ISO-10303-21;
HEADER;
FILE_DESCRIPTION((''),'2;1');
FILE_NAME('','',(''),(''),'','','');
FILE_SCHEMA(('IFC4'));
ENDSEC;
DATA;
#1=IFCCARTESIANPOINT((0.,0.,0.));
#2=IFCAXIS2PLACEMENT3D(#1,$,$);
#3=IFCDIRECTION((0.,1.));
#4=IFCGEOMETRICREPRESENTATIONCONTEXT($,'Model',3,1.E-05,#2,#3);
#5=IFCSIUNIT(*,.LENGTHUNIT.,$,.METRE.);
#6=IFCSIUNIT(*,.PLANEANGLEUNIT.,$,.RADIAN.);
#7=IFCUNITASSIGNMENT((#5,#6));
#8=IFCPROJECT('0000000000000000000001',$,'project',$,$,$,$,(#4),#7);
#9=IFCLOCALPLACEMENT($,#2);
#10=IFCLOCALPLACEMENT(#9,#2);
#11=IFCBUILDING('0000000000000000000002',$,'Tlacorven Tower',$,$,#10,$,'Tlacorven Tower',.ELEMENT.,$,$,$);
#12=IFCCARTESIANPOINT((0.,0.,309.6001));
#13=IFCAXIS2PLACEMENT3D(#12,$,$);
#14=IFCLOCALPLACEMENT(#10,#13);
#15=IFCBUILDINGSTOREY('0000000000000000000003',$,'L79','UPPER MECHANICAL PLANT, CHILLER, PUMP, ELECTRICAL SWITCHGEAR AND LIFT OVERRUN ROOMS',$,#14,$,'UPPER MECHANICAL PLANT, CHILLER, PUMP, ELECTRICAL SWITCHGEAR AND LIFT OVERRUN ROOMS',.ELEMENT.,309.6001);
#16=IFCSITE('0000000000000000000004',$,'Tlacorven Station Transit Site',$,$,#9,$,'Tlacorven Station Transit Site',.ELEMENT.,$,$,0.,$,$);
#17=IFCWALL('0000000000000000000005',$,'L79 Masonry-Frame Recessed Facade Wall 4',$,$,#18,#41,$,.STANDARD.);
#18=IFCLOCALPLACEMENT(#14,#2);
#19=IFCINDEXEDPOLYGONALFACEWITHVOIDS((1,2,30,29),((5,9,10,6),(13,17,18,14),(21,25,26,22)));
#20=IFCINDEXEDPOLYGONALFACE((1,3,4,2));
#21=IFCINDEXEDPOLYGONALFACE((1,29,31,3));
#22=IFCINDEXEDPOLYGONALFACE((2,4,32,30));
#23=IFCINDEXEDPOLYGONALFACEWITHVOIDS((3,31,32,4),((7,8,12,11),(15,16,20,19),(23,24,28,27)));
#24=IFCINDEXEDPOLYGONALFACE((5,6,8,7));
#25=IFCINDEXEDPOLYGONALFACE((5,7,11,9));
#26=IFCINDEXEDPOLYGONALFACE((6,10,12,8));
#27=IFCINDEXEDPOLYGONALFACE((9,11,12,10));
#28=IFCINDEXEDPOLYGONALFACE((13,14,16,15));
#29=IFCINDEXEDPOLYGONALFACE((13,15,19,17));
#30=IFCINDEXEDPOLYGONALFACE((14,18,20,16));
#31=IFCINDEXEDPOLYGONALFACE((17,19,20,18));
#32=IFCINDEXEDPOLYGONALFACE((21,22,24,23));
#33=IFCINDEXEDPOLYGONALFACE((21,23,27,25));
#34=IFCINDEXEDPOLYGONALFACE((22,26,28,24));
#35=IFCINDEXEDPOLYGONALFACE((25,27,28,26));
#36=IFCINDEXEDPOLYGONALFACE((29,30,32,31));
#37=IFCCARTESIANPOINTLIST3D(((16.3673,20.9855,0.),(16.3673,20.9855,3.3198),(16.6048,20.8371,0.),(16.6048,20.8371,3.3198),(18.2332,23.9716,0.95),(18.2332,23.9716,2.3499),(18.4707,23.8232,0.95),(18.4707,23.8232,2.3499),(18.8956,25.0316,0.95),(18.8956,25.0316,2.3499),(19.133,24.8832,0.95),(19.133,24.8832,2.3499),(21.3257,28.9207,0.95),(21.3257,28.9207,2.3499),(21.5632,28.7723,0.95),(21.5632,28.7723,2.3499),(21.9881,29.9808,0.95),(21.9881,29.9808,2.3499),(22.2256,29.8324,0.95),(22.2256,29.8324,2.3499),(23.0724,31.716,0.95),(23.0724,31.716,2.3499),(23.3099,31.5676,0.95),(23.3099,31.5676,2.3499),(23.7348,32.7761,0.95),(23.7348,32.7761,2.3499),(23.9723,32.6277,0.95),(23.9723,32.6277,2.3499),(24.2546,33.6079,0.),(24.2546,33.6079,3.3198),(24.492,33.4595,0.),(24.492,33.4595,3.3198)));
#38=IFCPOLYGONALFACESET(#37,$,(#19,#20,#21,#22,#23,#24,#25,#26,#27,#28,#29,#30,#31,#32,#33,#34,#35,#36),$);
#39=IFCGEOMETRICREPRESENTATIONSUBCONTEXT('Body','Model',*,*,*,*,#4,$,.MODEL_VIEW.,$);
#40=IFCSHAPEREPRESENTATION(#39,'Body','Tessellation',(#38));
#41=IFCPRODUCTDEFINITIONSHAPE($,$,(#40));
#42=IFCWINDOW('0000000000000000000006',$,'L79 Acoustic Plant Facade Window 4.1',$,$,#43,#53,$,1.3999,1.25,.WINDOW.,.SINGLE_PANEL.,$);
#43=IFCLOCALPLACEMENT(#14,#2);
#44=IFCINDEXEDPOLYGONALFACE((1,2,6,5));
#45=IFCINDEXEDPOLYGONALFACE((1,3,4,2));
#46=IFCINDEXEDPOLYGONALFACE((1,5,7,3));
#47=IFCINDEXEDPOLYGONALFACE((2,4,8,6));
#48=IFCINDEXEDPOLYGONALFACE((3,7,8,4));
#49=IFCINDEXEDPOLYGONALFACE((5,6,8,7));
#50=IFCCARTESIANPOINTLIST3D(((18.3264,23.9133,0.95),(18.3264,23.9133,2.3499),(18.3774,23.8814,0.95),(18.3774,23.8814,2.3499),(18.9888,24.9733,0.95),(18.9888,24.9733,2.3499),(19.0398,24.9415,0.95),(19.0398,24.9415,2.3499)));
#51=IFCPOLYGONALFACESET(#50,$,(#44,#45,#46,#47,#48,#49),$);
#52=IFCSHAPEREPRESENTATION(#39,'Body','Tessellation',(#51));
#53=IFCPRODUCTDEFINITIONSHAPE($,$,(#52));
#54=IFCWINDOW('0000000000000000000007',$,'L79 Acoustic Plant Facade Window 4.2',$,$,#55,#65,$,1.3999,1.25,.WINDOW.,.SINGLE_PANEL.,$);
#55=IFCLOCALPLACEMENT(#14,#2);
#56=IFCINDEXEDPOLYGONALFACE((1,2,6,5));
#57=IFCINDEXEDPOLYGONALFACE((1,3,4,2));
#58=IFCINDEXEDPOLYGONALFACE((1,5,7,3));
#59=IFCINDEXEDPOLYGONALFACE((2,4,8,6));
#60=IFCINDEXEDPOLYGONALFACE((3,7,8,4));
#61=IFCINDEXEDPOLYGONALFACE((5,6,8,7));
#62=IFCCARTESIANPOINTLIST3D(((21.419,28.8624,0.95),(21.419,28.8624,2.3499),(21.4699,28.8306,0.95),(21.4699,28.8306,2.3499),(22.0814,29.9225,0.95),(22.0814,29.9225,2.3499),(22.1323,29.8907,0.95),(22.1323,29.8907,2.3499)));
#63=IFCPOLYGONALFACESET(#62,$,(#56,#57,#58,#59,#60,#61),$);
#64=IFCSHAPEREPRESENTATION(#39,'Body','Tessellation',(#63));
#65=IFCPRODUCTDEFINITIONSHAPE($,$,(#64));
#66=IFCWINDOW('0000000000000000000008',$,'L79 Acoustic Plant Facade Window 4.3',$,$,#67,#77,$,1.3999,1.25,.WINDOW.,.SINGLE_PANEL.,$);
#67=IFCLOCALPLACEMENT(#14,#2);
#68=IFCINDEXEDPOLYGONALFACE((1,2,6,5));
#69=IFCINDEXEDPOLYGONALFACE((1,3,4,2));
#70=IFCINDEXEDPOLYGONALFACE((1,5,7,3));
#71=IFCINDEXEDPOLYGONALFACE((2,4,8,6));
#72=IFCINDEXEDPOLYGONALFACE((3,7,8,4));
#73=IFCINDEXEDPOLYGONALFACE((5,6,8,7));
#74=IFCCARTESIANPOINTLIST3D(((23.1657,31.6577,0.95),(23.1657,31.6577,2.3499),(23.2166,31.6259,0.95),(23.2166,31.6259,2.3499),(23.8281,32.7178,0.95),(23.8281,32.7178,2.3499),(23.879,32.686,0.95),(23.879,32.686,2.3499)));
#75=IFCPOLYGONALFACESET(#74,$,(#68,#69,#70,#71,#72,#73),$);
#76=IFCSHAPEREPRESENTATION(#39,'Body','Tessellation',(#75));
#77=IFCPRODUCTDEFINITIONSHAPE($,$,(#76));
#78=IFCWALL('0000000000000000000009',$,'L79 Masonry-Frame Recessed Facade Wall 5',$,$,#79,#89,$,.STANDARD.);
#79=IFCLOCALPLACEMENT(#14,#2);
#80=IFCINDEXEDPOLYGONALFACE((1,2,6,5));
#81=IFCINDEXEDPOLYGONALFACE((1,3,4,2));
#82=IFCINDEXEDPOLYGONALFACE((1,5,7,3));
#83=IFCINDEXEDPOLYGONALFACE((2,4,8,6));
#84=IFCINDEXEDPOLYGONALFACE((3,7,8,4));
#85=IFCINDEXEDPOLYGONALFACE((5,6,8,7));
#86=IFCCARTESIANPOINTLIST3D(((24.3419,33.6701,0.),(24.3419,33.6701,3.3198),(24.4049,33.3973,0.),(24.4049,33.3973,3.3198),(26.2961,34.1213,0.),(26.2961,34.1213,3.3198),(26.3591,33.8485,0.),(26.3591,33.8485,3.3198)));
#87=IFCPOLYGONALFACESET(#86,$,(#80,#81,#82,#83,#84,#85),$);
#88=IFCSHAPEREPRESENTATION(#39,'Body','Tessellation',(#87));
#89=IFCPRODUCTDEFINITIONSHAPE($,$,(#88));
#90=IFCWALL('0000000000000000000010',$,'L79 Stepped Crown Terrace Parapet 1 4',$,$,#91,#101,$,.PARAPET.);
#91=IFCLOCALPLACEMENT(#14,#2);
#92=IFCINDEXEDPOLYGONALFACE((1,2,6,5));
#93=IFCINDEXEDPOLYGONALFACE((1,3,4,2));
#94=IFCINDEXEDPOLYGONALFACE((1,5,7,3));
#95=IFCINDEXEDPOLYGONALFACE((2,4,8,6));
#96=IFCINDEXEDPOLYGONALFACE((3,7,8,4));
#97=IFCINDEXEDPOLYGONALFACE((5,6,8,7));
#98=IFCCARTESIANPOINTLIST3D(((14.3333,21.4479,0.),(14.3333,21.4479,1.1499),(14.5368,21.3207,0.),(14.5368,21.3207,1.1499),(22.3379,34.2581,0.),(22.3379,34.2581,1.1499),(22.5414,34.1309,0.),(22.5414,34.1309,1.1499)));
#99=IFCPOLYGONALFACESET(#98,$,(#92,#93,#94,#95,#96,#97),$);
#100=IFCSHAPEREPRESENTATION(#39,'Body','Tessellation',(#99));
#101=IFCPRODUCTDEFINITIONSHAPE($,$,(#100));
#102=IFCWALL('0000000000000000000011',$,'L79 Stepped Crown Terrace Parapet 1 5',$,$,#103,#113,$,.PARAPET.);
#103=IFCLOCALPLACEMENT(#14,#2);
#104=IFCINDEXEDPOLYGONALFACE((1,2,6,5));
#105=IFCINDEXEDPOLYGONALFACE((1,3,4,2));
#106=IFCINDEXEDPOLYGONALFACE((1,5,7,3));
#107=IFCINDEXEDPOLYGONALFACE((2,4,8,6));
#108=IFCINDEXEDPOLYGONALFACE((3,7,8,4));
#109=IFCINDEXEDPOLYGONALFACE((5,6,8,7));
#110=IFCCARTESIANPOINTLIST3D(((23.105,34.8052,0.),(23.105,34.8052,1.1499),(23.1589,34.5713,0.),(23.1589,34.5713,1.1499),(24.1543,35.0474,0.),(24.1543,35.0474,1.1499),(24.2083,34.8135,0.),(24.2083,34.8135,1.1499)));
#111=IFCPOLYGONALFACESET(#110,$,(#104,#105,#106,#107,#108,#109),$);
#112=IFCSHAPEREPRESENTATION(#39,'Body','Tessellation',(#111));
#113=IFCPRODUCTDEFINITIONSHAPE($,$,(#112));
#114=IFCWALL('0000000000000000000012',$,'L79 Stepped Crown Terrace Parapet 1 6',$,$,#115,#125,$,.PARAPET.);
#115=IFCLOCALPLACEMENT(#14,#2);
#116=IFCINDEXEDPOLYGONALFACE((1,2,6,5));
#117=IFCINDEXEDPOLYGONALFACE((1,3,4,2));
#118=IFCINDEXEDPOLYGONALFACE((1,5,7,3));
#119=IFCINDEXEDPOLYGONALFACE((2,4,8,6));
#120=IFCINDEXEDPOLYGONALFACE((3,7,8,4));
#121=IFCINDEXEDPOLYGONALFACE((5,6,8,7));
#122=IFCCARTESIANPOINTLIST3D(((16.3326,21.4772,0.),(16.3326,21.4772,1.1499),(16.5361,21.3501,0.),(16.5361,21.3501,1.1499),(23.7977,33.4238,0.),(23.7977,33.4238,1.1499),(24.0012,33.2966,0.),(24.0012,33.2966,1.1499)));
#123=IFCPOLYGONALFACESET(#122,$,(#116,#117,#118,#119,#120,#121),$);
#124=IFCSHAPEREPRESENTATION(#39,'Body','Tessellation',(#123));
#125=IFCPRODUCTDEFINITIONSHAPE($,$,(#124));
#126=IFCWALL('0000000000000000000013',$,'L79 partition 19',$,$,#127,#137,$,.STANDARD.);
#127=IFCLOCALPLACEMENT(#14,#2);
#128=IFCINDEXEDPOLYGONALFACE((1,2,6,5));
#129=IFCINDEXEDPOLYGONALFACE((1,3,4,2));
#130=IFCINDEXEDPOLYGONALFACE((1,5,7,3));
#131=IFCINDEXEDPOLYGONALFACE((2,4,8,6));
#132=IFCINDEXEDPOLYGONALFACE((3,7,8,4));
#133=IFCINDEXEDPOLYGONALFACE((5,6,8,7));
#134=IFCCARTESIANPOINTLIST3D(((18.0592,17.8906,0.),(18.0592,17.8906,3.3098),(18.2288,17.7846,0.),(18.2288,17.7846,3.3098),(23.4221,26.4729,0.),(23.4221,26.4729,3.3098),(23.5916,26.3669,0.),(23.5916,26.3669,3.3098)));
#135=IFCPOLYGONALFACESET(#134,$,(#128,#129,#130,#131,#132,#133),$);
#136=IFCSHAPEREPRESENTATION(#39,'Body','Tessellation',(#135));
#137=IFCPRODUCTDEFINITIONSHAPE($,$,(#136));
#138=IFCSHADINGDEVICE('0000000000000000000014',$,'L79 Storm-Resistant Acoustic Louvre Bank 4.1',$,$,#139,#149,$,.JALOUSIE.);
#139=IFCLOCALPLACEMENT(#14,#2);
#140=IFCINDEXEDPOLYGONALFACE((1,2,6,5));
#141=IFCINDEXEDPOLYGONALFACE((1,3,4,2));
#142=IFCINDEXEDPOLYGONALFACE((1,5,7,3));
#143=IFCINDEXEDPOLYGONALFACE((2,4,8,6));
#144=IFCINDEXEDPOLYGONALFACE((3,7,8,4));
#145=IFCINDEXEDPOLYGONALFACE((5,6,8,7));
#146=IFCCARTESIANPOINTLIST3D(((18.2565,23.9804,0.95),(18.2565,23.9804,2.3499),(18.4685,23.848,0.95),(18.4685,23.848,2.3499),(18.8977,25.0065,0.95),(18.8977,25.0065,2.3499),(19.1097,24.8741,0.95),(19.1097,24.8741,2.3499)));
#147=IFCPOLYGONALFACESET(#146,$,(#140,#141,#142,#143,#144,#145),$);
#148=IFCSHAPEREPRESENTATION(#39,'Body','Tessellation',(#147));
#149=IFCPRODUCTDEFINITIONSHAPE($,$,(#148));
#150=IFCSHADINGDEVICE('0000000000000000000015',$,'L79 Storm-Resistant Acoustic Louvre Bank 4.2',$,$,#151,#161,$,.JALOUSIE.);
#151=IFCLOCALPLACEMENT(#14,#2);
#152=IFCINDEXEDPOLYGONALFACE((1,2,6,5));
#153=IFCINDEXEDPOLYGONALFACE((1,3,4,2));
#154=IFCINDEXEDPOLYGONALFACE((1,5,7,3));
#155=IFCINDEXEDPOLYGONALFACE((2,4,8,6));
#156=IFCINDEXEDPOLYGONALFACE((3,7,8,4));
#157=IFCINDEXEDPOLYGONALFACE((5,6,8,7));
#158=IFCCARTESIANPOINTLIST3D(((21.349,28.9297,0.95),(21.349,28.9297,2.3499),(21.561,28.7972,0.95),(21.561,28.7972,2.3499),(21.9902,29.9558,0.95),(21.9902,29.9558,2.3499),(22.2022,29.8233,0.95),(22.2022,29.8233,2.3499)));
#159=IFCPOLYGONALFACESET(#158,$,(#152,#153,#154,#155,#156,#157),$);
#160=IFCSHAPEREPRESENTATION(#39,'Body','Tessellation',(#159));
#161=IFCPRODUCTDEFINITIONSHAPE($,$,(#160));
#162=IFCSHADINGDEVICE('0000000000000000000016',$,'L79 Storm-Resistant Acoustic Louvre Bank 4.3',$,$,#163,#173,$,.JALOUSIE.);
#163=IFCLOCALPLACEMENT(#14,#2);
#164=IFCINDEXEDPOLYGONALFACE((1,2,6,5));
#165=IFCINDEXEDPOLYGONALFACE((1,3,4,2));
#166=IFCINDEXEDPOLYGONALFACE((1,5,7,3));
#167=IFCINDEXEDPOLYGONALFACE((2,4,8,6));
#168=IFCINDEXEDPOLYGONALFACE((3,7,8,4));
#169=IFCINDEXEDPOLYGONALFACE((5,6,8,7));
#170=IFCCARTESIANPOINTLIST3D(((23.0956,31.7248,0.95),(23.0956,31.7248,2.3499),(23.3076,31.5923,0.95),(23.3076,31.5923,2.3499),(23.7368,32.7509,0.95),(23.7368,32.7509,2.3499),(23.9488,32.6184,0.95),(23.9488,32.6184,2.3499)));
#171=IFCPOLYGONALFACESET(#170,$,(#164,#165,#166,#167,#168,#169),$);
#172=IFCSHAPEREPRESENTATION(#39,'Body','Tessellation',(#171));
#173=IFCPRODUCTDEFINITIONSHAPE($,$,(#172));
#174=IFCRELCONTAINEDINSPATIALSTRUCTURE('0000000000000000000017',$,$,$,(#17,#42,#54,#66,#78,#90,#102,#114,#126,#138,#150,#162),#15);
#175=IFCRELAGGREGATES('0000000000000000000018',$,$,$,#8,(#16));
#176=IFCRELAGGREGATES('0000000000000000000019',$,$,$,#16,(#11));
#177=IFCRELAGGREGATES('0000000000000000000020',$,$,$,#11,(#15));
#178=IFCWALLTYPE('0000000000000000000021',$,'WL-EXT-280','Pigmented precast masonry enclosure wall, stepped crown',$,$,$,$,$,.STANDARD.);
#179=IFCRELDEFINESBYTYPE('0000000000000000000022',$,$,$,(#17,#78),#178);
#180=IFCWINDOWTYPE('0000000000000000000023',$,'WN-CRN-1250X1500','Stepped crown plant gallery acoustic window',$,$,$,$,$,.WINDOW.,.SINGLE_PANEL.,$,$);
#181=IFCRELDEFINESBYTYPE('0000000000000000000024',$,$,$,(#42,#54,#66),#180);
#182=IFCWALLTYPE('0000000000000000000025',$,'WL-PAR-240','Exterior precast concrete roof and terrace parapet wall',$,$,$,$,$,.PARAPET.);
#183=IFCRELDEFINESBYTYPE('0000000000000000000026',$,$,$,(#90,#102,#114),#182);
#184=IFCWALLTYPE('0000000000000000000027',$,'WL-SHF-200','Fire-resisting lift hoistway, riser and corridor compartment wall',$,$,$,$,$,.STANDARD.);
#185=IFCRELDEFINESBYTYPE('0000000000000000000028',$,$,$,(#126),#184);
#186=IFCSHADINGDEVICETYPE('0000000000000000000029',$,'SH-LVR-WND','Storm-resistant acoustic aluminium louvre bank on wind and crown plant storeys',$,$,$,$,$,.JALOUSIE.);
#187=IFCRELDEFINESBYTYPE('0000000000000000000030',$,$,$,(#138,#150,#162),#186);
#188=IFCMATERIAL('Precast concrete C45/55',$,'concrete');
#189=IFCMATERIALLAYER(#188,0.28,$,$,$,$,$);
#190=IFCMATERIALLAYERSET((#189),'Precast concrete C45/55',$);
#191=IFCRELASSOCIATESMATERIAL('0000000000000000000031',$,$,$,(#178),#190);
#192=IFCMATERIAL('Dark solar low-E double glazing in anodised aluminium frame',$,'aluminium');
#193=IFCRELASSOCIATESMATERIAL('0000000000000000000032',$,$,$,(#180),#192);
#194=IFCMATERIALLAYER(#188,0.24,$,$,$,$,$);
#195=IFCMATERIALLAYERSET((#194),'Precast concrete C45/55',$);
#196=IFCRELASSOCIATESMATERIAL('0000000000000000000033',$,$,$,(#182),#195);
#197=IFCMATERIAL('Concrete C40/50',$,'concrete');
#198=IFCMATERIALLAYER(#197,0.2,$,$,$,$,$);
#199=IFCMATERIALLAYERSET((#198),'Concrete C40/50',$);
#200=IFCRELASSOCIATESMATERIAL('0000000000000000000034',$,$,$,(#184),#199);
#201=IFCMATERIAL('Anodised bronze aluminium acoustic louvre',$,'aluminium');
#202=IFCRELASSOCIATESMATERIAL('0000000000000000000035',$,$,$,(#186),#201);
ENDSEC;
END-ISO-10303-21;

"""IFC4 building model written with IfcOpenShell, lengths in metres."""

from ifc_helpers import new_model, si_unit, direction, frame, frame_2d, origin, origin_2d, place, context, subcontext, project, spatial, rectangle, extrude, source, transform, mapped, material, layer, layer_set, type_object, element, fill, save


model = new_model("IFC4")

# Units and contexts
model_context = context("Model", 3, precision=1e-05, world=origin(), true_north=direction((0.0, 1.0)))
body_context = subcontext(model_context, "Body", "Model", "MODEL_VIEW")
ifc_project = project(units=[si_unit("LENGTHUNIT", "METRE"), si_unit("PLANEANGLEUNIT", "RADIAN")], contexts=[model_context])

# Site, building, storey
site_placement = place(None, origin())
site = spatial("IfcSite", under=ifc_project, at=site_placement, Name="Tlacorven Station Transit Site", LongName="Tlacorven Station Transit Site", CompositionType="ELEMENT", RefElevation=0.0)
building_placement = place(site_placement, origin())
building = spatial("IfcBuilding", under=site, at=building_placement, Name="Tlacorven Tower", LongName="Tlacorven Tower", CompositionType="ELEMENT")
storey_placement = place(building_placement, frame((0.0, 0.0, 309.6001)))
storey = spatial("IfcBuildingStorey", under=building, at=storey_placement, Name="L79", Description="UPPER MECHANICAL PLANT, CHILLER, PUMP, ELECTRICAL SWITCHGEAR AND LIFT OVERRUN ROOMS", LongName="UPPER MECHANICAL PLANT, CHILLER, PUMP, ELECTRICAL SWITCHGEAR AND LIFT OVERRUN ROOMS", CompositionType="ELEMENT", Elevation=309.6001)

# Wall, openings, windows
ifc_material_1 = material(Name="Precast concrete C45/55", Category="concrete")
ifc_layer_1 = layer(ifc_material_1, 0.28)
ifc_layer_set_1 = layer_set([ifc_layer_1], Name="Precast concrete C45/55")
wall_type_1 = type_object("IfcWallType", Name="WL-EXT-280", Description="Pigmented precast masonry enclosure wall, stepped crown", PredefinedType="STANDARD", material=ifc_layer_set_1)
wall_1_placement = place(storey_placement, frame((16.4861, 20.9114, 0.0), z_axis=(0.0, 0.0, 1.0), x_axis=(0.529915, 0.848051, 0.0)))
wall_1 = element("IfcWall", 1, at=wall_1_placement, inside=storey, type_object=wall_type_1, Name="L79 Masonry-Frame Recessed Facade Wall 4", PredefinedType="STANDARD", context=body_context, shape_type="SweptSolid", body=[
    extrude(rectangle(XDim=14.884, YDim=0.28, at=frame_2d((7.4419, 0.0))), origin(), (0.0, 0.0, 1.0), 3.3198),
])
opening_1_placement = place(wall_1_placement, frame((3.521, 0.0, 0.95)))
opening_1 = element("IfcOpeningElement", 2, at=opening_1_placement, cuts=wall_1, PredefinedType="OPENING", context=body_context, shape_type="SweptSolid", body=[
    extrude(rectangle(XDim=1.25, YDim=1.3999, at=frame_2d((0.625, 0.7))), frame((0.0, 0.1499, 0.0), z_axis=(0.0, -1.0, 0.0), x_axis=(1.0, 0.0, 0.0)), (0.0, 0.0, 1.0), 0.3),
])
opening_2_placement = place(wall_1_placement, frame((9.3569, 0.0, 0.95)))
opening_2 = element("IfcOpeningElement", 3, at=opening_2_placement, cuts=wall_1, PredefinedType="OPENING", context=body_context, shape_type="SweptSolid", body=[
    extrude(rectangle(XDim=1.25, YDim=1.3999, at=frame_2d((0.625, 0.7))), frame((0.0, 0.1499, 0.0), z_axis=(0.0, -1.0, 0.0), x_axis=(1.0, 0.0, 0.0)), (0.0, 0.0, 1.0), 0.3),
])
opening_3_placement = place(wall_1_placement, frame((12.6531, 0.0, 0.95)))
opening_3 = element("IfcOpeningElement", 4, at=opening_3_placement, cuts=wall_1, PredefinedType="OPENING", context=body_context, shape_type="SweptSolid", body=[
    extrude(rectangle(XDim=1.25, YDim=1.3999, at=frame_2d((0.625, 0.7))), frame((0.0, 0.1499, 0.0), z_axis=(0.0, -1.0, 0.0), x_axis=(1.0, 0.0, 0.0)), (0.0, 0.0, 1.0), 0.3),
])
ifc_material_2 = material(Name="Dark solar low-E double glazing in anodised aluminium frame", Category="aluminium")
window_type = type_object("IfcWindowType", Name="WN-CRN-1250X1500", Description="Stepped crown plant gallery acoustic window", PartitioningType="SINGLE_PANEL", PredefinedType="WINDOW", material=ifc_material_2)
shared_shape_1 = source(origin(), body_context, "Body", "SweptSolid", [
    extrude(rectangle(XDim=1.25, YDim=1.3999, at=frame_2d((0.625, 0.7))), frame((0.0, 0.03, 0.0), z_axis=(0.0, -1.0, 0.0), x_axis=(1.0, 0.0, 0.0)), (0.0, 0.0, 1.0), 0.0601),
])
window_1_placement = place(opening_1_placement, origin())
window_1 = element("IfcWindow", 5, at=window_1_placement, inside=storey, type_object=window_type, Name="L79 Acoustic Plant Facade Window 4.1", OverallHeight=1.3999, OverallWidth=1.25, PartitioningType="SINGLE_PANEL", PredefinedType="WINDOW", context=body_context, shape_type="MappedRepresentation", body=[
    mapped(shared_shape_1, transform((0.0, 0.0, 0.0), scale=1.0)),
])
fill(opening_1, window_1)
window_2_placement = place(opening_2_placement, origin())
window_2 = element("IfcWindow", 6, at=window_2_placement, inside=storey, type_object=window_type, Name="L79 Acoustic Plant Facade Window 4.2", OverallHeight=1.3999, OverallWidth=1.25, PartitioningType="SINGLE_PANEL", PredefinedType="WINDOW", context=body_context, shape_type="MappedRepresentation", body=[
    mapped(shared_shape_1, transform((0.0, 0.0, 0.0), scale=1.0)),
])
fill(opening_2, window_2)
window_3_placement = place(opening_3_placement, origin())
window_3 = element("IfcWindow", 7, at=window_3_placement, inside=storey, type_object=window_type, Name="L79 Acoustic Plant Facade Window 4.3", OverallHeight=1.3999, OverallWidth=1.25, PartitioningType="SINGLE_PANEL", PredefinedType="WINDOW", context=body_context, shape_type="MappedRepresentation", body=[
    mapped(shared_shape_1, transform((0.0, 0.0, 0.0), scale=1.0)),
])
fill(opening_3, window_3)

# Walls
wall_2_placement = place(storey_placement, frame((24.3733, 33.5337, 0.0), z_axis=(0.0, 0.0, 1.0), x_axis=(0.974367, 0.224966, 0.0)))
element("IfcWall", 8, at=wall_2_placement, inside=storey, type_object=wall_type_1, Name="L79 Masonry-Frame Recessed Facade Wall 5", PredefinedType="STANDARD", context=body_context, shape_type="SweptSolid", body=[
    extrude(rectangle(XDim=2.0056, YDim=0.28, at=frame_2d((1.0029, 0.0))), origin(), (0.0, 0.0, 1.0), 3.3198),
])
ifc_layer_2 = layer(ifc_material_1, 0.24)
ifc_layer_set_2 = layer_set([ifc_layer_2], Name="Precast concrete C45/55")
wall_type_2 = type_object("IfcWallType", Name="WL-PAR-240", Description="Exterior precast concrete roof and terrace parapet wall", PredefinedType="PARAPET", material=ifc_layer_set_2)
wall_3_placement = place(storey_placement, frame((14.4351, 21.3843, 0.0), z_axis=(0.0, 0.0, 1.0), x_axis=(0.529913, 0.848052, 0.0)))
element("IfcWall", 9, at=wall_3_placement, inside=storey, type_object=wall_type_2, Name="L79 Stepped Crown Terrace Parapet 1 4", PredefinedType="PARAPET", context=body_context, shape_type="SweptSolid", body=[
    extrude(rectangle(XDim=15.1055, YDim=0.24, at=frame_2d((7.5527, 0.0))), origin(), (0.0, 0.0, 1.0), 1.1499),
])
wall_4_placement = place(storey_placement, frame((23.1318, 34.6882, 0.0), z_axis=(0.0, 0.0, 1.0), x_axis=(0.974384, 0.224893, 0.0)))
element("IfcWall", 10, at=wall_4_placement, inside=storey, type_object=wall_type_2, Name="L79 Stepped Crown Terrace Parapet 1 5", PredefinedType="PARAPET", context=body_context, shape_type="SweptSolid", body=[
    extrude(rectangle(XDim=1.0769, YDim=0.24, at=frame_2d((0.5386, 0.0))), origin(), (0.0, 0.0, 1.0), 1.1499),
])
wall_5_placement = place(storey_placement, frame((23.8994, 33.3601, 0.0), z_axis=(0.0, 0.0, 1.0), x_axis=(-0.529923, -0.848046, 0.0)))
element("IfcWall", 11, at=wall_5_placement, inside=storey, type_object=wall_type_2, Name="L79 Stepped Crown Terrace Parapet 1 6", PredefinedType="PARAPET", context=body_context, shape_type="SweptSolid", body=[
    extrude(rectangle(XDim=14.0872, YDim=0.24, at=frame_2d((7.0435, 0.0))), origin(), (0.0, 0.0, 1.0), 1.1499),
])
ifc_material_3 = material(Name="Concrete C40/50", Category="concrete")
ifc_layer_3 = layer(ifc_material_3, 0.2)
ifc_layer_set_3 = layer_set([ifc_layer_3], Name="Concrete C40/50")
wall_type_3 = type_object("IfcWallType", Name="WL-SHF-200", Description="Fire-resisting lift hoistway, riser and corridor compartment wall", PredefinedType="STANDARD", material=ifc_layer_set_3)
wall_6_placement = place(storey_placement, frame((23.5068, 26.4199, 0.0), z_axis=(0.0, 0.0, 1.0), x_axis=(-0.529919, -0.848048, 0.0)))
element("IfcWall", 12, at=wall_6_placement, inside=storey, type_object=wall_type_3, Name="L79 partition 19", PredefinedType="STANDARD", context=body_context, shape_type="SweptSolid", body=[
    extrude(rectangle(XDim=10.1201, YDim=0.2, at=frame_2d((5.0601, 0.0))), origin(), (0.0, 0.0, 1.0), 3.3098),
])

# Shading devices
ifc_material_4 = material(Name="Anodised bronze aluminium acoustic louvre", Category="aluminium")
shading_device_type = type_object("IfcShadingDeviceType", Name="SH-LVR-WND", Description="Storm-resistant acoustic aluminium louvre bank on wind and crown plant storeys", PredefinedType="JALOUSIE", material=ifc_material_4)
shared_shape_2 = source(origin(), body_context, "Body", "SweptSolid", [
    extrude(rectangle(XDim=1.21, YDim=0.25, at=origin_2d()), origin(), (0.0, 0.0, 1.0), 1.3999),
])
for number, where, z_axis, x_axis, name in (
    (13, (18.6831, 24.4272, 0.95), (0.0, 0.0, 1.0), (0.529919, 0.848048, 0.0), "L79 Storm-Resistant Acoustic Louvre Bank 4.1"),
    (14, (21.7756, 29.3765, 0.95), (0.0, 0.0, 1.0), (0.529919, 0.848048, 0.0), "L79 Storm-Resistant Acoustic Louvre Bank 4.2"),
    (15, (23.5222, 32.1716, 0.95), (0.0, 0.0, 1.0), (0.529919, 0.848048, 0.0), "L79 Storm-Resistant Acoustic Louvre Bank 4.3"),
):
    element("IfcShadingDevice", number, at=place(storey_placement, frame(where, z_axis=z_axis, x_axis=x_axis)), inside=storey, type_object=shading_device_type, Name=name, PredefinedType="JALOUSIE", context=body_context, shape_type="MappedRepresentation", body=[
        mapped(shared_shape_2, transform((0.0, 0.0, 0.0), scale=1.0)),
    ])

save(model, "model.ifc")
